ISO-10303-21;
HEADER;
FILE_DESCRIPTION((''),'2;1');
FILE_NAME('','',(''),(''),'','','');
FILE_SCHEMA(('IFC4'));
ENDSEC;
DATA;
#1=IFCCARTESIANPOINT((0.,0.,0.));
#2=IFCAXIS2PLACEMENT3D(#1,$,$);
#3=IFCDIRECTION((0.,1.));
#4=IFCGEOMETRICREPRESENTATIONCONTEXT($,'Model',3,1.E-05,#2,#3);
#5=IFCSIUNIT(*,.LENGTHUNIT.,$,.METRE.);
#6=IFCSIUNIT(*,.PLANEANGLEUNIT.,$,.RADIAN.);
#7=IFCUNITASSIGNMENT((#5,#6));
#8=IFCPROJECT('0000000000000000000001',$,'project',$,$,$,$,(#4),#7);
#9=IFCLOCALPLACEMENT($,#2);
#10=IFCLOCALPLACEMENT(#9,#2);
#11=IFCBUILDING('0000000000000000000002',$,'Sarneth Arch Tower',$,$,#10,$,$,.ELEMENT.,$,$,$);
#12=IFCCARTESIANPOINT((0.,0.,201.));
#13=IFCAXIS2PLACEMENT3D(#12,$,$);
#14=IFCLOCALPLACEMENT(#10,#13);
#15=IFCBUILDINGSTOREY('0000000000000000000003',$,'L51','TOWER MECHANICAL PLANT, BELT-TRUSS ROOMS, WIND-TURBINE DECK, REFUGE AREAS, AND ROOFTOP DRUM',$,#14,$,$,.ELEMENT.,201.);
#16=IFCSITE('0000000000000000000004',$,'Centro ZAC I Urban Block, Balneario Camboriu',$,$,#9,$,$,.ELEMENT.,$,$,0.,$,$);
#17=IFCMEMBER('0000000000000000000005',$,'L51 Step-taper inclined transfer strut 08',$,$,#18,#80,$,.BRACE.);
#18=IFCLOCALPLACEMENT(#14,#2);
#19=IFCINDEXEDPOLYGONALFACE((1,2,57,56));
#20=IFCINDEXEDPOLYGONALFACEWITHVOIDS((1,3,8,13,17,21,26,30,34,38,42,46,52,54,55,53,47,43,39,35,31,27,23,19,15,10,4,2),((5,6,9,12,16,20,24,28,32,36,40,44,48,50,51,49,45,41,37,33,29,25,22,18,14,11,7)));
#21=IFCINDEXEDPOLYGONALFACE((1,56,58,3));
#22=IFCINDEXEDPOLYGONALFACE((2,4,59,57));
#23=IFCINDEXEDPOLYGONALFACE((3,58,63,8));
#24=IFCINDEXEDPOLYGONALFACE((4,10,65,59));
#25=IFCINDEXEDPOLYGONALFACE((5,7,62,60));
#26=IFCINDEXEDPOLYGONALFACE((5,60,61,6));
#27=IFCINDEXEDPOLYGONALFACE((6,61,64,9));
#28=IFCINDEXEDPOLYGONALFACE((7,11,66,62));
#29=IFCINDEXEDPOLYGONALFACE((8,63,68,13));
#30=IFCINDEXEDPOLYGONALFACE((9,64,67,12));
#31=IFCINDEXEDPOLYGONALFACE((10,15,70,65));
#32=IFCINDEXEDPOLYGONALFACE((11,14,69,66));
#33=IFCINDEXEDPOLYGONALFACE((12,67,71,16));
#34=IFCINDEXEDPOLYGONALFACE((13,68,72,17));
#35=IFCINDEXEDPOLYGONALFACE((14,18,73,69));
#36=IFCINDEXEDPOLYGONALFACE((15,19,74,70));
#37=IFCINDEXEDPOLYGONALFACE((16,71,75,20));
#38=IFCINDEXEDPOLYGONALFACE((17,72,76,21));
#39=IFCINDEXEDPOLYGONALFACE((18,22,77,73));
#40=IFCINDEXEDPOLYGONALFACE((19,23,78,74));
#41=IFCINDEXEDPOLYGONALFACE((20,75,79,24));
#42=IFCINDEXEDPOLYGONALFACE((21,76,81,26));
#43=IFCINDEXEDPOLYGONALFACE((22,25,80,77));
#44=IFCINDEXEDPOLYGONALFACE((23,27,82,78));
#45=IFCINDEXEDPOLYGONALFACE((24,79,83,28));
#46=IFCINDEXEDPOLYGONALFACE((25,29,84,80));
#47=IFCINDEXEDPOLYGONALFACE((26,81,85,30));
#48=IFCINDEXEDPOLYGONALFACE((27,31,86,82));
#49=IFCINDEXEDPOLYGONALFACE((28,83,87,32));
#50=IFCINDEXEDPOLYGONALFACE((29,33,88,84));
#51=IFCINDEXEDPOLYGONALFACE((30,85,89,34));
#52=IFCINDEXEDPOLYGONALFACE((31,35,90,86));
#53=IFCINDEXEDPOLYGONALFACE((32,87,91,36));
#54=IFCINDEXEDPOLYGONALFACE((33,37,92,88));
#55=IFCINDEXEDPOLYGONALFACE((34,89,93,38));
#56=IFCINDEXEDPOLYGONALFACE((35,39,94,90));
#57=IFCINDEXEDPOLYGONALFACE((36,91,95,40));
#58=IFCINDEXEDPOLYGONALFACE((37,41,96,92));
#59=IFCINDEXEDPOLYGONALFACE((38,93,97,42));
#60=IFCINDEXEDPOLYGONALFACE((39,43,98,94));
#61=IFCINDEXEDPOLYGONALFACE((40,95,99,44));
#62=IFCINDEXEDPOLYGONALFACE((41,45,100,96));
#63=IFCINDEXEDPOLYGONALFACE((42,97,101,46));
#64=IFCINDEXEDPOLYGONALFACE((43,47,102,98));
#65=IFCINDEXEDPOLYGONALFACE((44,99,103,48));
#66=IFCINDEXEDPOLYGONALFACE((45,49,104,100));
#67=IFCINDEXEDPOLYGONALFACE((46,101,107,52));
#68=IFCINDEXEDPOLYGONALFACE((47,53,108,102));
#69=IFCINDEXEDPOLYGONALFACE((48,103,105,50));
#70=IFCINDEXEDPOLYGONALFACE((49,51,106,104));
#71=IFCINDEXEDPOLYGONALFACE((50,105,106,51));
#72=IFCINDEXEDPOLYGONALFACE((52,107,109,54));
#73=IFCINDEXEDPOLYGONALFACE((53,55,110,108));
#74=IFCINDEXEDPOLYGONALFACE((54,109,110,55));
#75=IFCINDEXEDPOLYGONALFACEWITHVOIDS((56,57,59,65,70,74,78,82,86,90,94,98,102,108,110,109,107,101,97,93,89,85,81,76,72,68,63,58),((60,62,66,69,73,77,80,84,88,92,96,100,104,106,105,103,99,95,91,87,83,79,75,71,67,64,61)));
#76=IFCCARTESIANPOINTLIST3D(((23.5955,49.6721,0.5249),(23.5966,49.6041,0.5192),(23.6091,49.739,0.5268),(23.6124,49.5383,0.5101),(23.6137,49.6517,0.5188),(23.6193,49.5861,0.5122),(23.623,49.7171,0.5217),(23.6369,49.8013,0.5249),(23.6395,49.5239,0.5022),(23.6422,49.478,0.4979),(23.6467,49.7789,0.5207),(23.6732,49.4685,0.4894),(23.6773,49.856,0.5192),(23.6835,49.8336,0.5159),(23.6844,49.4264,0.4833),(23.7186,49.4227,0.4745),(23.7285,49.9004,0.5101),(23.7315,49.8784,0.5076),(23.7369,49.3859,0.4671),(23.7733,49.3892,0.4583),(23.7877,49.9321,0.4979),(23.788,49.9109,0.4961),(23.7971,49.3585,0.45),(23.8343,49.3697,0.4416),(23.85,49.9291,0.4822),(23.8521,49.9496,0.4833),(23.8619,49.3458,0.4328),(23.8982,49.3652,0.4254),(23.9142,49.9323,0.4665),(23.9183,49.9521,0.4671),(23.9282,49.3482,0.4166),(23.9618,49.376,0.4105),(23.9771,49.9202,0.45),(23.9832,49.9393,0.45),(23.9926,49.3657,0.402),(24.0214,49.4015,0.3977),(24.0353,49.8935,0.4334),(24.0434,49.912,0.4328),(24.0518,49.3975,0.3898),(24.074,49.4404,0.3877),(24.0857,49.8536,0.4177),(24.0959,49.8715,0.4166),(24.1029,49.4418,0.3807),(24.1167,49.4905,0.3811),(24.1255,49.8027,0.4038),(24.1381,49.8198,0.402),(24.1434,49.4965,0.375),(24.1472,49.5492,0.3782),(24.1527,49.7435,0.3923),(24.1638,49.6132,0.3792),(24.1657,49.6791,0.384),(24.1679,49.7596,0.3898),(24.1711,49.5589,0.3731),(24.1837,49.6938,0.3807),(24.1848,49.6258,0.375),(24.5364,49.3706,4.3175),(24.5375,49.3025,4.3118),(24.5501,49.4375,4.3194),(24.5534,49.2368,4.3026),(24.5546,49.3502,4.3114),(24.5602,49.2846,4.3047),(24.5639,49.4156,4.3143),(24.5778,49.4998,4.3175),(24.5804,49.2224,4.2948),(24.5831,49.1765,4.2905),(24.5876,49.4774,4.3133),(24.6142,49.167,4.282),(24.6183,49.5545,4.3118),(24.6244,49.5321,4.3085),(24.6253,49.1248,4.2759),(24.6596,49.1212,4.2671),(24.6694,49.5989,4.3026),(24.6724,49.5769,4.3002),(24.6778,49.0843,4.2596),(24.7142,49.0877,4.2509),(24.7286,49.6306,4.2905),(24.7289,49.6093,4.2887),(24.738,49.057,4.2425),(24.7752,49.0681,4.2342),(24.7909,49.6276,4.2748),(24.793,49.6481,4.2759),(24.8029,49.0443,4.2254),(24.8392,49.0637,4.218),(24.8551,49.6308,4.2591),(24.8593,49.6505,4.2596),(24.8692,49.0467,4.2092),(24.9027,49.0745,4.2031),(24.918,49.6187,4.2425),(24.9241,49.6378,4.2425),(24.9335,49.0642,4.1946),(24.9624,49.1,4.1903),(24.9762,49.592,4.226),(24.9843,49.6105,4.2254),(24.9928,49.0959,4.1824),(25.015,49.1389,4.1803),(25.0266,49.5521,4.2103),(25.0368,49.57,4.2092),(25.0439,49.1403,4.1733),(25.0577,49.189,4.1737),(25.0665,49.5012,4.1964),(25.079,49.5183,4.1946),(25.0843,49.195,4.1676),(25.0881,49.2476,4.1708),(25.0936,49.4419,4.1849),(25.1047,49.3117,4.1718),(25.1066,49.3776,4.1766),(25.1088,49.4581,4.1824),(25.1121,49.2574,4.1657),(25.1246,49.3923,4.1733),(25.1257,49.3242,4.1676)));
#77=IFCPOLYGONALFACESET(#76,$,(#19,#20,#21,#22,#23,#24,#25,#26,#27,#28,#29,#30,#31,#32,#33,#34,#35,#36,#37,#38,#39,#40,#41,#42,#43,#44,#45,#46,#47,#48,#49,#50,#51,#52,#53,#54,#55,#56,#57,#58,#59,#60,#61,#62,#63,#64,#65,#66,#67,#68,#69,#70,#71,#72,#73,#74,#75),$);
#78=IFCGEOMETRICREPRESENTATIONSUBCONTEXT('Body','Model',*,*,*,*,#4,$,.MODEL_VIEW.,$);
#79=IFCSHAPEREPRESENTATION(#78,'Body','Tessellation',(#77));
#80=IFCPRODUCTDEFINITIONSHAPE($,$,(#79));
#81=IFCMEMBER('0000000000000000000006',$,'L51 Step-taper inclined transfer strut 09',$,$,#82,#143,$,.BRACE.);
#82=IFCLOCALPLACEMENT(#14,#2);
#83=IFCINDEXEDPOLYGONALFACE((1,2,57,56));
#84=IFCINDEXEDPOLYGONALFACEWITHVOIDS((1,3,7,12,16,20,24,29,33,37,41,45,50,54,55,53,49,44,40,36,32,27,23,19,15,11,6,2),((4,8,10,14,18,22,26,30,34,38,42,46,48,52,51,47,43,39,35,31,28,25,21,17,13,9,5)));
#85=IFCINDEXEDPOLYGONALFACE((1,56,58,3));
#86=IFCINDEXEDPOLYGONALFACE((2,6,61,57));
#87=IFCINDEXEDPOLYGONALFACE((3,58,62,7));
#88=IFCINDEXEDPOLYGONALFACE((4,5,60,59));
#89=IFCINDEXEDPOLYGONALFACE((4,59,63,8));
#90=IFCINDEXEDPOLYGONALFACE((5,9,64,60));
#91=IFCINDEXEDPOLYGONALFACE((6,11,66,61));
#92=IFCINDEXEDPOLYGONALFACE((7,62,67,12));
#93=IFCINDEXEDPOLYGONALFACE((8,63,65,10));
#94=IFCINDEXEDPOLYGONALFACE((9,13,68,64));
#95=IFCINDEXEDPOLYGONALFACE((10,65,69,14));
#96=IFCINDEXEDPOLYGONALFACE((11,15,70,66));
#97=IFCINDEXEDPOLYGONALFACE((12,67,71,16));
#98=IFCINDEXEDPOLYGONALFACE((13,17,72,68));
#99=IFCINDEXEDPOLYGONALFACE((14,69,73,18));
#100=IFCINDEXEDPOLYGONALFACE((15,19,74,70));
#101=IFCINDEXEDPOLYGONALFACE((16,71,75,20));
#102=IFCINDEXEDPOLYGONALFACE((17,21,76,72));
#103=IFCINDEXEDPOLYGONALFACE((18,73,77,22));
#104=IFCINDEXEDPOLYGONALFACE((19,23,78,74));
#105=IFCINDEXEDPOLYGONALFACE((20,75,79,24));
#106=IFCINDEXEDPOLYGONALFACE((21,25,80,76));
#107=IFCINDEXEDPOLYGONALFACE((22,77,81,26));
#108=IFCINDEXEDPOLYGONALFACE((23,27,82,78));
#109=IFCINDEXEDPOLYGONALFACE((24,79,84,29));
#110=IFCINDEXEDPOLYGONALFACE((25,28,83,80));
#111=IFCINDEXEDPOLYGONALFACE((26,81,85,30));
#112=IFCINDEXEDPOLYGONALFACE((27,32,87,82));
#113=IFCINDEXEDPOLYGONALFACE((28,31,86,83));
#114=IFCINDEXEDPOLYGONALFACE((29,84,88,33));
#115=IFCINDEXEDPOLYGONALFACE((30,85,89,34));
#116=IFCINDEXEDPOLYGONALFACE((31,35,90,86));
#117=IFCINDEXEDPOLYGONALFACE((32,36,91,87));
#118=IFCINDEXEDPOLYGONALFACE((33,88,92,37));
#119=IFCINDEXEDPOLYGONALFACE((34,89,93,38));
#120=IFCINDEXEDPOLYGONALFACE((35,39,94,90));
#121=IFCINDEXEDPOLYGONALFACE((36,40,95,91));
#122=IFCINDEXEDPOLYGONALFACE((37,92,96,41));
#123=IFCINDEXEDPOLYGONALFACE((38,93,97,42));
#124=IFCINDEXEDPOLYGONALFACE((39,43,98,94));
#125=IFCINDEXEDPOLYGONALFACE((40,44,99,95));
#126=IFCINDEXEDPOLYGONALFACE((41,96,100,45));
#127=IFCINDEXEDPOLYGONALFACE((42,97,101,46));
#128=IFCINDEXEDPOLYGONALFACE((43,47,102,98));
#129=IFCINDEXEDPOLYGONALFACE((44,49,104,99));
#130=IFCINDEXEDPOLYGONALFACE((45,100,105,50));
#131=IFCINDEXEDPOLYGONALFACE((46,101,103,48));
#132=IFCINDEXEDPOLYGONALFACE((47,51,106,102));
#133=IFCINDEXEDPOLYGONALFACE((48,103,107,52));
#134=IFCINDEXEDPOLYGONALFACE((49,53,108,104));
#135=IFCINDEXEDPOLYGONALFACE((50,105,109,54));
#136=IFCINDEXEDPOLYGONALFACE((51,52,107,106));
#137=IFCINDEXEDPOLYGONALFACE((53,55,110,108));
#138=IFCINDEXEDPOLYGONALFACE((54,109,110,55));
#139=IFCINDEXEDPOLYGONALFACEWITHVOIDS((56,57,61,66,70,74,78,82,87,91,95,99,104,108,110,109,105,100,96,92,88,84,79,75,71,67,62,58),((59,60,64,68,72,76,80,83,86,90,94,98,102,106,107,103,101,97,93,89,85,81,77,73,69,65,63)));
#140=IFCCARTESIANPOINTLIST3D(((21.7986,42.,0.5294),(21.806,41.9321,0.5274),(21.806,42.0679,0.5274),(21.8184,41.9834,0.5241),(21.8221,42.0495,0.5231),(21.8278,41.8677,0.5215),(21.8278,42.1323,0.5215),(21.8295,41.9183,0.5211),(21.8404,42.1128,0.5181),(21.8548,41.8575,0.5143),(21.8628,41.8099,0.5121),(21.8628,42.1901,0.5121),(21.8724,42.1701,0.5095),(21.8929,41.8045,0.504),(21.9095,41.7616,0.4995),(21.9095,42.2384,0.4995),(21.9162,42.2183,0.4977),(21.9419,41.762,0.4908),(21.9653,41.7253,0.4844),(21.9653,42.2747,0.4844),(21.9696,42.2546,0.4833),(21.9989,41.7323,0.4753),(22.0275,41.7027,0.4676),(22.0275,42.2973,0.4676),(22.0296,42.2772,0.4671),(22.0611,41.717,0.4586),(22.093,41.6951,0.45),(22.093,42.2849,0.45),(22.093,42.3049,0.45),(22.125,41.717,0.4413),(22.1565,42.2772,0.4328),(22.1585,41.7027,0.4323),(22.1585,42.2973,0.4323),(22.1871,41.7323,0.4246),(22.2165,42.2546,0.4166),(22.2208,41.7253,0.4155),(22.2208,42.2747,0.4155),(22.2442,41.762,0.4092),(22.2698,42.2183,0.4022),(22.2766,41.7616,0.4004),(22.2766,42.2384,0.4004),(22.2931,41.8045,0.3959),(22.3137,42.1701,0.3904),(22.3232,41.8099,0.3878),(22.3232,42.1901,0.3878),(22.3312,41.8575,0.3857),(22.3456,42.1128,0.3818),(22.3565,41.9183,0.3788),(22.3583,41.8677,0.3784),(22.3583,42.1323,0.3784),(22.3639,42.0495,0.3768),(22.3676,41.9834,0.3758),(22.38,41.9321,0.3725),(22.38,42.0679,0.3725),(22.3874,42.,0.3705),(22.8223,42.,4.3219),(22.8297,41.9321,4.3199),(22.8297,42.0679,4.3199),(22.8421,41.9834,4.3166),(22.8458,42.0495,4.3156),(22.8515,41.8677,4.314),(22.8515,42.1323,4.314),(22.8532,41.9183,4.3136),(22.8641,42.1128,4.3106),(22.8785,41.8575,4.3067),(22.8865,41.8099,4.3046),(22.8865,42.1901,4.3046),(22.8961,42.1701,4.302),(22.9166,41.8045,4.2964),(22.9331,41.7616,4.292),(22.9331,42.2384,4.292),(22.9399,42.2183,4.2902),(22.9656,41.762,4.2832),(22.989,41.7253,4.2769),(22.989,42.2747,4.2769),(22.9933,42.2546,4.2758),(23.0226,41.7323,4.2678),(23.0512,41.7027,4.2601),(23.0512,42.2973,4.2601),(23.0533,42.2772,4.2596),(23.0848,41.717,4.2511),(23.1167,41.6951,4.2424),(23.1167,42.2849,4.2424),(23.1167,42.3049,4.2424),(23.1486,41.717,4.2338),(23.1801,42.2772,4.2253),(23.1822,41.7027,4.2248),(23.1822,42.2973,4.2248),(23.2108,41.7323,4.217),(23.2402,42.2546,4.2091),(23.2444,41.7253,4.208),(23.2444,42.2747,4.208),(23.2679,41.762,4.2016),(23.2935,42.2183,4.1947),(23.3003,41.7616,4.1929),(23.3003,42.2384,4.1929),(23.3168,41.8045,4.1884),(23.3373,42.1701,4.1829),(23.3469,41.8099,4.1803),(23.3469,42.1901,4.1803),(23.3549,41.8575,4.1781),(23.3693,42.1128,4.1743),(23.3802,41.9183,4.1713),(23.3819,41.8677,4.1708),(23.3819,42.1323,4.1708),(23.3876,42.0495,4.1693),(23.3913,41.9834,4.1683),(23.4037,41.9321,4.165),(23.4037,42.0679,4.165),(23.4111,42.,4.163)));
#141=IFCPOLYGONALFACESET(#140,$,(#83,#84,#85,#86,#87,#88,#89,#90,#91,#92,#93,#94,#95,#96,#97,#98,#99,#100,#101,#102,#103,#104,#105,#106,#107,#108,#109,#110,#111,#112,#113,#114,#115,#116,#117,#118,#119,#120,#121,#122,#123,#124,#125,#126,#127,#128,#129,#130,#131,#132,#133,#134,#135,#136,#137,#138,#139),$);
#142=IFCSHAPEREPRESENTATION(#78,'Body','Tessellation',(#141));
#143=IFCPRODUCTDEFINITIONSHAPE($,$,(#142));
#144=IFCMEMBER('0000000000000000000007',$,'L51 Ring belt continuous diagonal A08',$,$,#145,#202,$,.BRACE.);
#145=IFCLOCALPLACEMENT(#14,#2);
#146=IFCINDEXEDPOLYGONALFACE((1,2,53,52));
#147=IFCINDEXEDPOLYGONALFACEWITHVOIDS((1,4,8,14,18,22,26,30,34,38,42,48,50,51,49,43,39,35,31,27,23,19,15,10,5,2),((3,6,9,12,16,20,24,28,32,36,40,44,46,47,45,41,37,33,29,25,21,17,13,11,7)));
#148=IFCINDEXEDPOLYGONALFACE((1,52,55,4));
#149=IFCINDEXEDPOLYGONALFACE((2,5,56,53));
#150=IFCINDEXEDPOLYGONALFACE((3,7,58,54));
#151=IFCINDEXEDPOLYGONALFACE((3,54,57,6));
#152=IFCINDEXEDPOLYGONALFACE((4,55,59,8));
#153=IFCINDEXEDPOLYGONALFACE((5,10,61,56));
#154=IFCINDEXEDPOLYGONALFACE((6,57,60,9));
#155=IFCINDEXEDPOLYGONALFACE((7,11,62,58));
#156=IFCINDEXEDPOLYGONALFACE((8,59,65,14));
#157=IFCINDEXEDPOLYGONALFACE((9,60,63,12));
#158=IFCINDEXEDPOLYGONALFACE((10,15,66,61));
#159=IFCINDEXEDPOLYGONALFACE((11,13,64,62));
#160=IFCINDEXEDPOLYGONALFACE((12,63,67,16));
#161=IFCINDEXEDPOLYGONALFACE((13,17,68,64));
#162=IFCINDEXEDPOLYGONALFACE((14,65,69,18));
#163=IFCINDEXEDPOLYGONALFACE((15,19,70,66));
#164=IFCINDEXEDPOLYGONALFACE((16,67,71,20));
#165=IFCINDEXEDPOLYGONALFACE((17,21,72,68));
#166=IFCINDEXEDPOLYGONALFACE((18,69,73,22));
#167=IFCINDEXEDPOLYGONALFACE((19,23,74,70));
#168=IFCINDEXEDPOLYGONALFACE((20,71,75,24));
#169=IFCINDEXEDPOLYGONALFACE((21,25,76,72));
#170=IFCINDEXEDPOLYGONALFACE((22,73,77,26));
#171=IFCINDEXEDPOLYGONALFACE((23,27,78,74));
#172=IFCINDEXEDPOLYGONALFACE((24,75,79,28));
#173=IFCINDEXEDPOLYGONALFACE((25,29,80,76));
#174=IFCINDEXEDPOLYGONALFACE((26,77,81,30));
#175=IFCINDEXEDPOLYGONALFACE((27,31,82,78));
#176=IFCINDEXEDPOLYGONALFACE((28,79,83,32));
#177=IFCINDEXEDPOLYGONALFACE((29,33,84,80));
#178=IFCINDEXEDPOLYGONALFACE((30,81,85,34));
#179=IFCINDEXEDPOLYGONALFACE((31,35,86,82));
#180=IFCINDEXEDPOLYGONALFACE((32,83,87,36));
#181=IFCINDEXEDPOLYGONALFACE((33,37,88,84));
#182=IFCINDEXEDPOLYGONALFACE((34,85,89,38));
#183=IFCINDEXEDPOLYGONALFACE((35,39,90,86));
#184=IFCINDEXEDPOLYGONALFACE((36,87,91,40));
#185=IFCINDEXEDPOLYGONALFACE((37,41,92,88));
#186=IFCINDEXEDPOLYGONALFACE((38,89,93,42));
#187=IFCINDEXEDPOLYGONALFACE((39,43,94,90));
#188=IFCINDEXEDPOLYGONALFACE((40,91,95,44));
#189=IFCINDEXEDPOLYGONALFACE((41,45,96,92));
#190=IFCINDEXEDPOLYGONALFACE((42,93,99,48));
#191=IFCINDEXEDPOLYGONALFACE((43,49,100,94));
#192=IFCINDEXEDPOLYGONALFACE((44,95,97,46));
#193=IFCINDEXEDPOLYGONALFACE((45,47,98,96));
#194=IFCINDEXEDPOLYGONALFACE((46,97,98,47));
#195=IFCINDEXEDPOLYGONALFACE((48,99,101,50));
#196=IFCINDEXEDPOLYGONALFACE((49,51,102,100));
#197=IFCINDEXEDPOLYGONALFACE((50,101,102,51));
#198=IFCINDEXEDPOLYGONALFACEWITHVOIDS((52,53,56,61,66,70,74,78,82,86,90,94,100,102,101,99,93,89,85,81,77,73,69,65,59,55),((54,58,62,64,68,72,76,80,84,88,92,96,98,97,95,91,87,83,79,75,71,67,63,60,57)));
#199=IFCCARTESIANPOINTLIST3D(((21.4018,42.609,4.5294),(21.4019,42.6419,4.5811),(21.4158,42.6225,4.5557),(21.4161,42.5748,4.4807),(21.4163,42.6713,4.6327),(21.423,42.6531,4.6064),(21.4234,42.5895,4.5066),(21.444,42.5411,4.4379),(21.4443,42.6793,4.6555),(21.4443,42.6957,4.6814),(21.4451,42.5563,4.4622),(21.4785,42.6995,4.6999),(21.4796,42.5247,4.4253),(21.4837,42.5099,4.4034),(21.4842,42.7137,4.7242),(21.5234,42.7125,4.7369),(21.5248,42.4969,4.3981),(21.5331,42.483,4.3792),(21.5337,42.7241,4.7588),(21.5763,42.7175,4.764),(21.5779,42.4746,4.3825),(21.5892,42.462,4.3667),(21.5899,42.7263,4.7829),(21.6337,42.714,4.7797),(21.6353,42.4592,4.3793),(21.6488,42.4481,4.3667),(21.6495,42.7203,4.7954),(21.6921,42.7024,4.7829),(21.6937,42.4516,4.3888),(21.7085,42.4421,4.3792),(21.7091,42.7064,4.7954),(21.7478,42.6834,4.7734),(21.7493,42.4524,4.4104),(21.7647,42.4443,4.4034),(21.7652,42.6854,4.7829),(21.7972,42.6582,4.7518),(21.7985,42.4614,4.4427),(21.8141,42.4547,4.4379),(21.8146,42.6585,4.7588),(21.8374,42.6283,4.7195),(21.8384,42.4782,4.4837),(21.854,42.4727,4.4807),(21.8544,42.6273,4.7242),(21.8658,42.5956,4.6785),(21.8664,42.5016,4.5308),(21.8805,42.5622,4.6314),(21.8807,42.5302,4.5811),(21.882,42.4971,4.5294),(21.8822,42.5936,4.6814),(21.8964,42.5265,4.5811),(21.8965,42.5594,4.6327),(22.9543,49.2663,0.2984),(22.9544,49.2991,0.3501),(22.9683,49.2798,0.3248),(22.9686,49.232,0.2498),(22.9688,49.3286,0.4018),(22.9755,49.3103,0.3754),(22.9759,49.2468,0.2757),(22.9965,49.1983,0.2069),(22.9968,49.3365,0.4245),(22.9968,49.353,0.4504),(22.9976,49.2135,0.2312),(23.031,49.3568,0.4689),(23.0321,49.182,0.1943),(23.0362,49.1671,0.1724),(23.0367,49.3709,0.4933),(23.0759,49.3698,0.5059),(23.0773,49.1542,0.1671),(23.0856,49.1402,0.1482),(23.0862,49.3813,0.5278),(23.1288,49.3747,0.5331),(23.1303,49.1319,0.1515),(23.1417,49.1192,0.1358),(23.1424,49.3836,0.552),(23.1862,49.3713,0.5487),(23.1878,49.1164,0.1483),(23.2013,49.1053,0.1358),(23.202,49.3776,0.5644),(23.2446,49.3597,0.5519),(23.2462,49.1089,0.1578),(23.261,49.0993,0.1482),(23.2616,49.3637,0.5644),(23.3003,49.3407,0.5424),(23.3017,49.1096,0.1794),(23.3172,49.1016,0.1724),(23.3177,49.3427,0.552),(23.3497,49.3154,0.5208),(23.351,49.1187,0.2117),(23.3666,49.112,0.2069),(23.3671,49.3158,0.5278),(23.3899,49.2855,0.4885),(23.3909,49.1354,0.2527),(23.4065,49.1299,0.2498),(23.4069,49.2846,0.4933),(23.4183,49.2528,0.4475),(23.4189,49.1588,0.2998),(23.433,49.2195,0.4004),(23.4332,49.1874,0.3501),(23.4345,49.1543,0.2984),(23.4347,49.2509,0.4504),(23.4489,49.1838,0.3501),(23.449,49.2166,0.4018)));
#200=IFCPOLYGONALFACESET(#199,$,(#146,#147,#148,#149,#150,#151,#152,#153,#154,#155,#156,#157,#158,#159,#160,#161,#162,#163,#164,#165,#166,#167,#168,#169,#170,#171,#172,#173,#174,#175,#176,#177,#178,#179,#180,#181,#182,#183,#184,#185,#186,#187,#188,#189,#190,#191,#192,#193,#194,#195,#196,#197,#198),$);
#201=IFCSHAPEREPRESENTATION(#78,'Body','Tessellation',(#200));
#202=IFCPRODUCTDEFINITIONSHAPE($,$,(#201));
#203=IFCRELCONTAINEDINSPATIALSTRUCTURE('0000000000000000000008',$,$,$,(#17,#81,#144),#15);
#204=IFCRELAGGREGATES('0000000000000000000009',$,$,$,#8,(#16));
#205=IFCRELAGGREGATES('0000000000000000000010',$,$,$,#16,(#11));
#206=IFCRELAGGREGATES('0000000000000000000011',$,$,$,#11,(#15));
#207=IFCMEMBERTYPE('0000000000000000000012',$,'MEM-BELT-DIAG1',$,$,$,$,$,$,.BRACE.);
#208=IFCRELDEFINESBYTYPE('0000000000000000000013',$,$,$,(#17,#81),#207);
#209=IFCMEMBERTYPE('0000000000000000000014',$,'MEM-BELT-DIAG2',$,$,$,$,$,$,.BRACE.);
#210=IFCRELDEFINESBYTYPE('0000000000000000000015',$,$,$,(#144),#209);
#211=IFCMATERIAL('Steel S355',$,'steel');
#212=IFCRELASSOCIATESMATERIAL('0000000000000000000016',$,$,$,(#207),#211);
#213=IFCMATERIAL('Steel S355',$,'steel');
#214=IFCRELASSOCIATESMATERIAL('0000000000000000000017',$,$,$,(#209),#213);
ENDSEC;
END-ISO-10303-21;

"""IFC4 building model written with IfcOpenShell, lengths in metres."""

from ifc_helpers import new_model, si_unit, direction, frame, origin, origin_2d, place, context, subcontext, project, spatial, hollow_circle, extrude, material, material_profile, profile_set, type_object, element, save


model = new_model("IFC4")

# Units and contexts
model_context = context("Model", 3, precision=1e-05, world=origin(), true_north=direction((0.0, 1.0)))
body_context = subcontext(model_context, "Body", "Model", "MODEL_VIEW")
ifc_project = project(units=[si_unit("LENGTHUNIT", "METRE"), si_unit("PLANEANGLEUNIT", "RADIAN")], contexts=[model_context])

# Site, building, storey
site_placement = place(None, origin())
site = spatial("IfcSite", under=ifc_project, at=site_placement, Name="Centro ZAC I Urban Block, Balneario Camboriu", CompositionType="ELEMENT", RefElevation=0.0)
building_placement = place(site_placement, origin())
building = spatial("IfcBuilding", under=site, at=building_placement, Name="Sarneth Arch Tower", CompositionType="ELEMENT")
storey_placement = place(building_placement, frame((0.0, 0.0, 201.0)))
storey = spatial("IfcBuildingStorey", under=building, at=storey_placement, Name="L51", Description="TOWER MECHANICAL PLANT, BELT-TRUSS ROOMS, WIND-TURBINE DECK, REFUGE AREAS, AND ROOFTOP DRUM", CompositionType="ELEMENT", Elevation=201.0)

# Members
ifc_material_1 = material(Name="Steel S355", Category="steel")
ifc_material_profile_1 = material_profile(ifc_material_1, hollow_circle(Radius=0.3049, WallThickness=0.02, at=origin_2d()), Name="CHS610x20")
ifc_profile_set_1 = profile_set([ifc_material_profile_1], Name="Steel S355")
member_type_1 = type_object("IfcMemberType", Name="MEM-BELT-DIAG1", PredefinedType="BRACE", material=ifc_profile_set_1)
member_1_placement = place(storey_placement, frame((23.8901, 49.6489, 0.45), z_axis=(0.240087, -0.076935, 0.967698), x_axis=(0.305161, 0.952301, 0.0)))
element("IfcMember", 1, at=member_1_placement, inside=storey, type_object=member_type_1, Name="L51 Step-taper inclined transfer strut 08", PredefinedType="BRACE", context=body_context, shape_type="SweptSolid", body=[
    extrude(hollow_circle(Radius=0.3049, WallThickness=0.02, at=origin_2d()), origin(), (0.0, 0.0, 1.0), 3.9192),
])
member_2_placement = place(storey_placement, frame((22.093, 42.0, 0.45), z_axis=(0.260597, 0.0, 0.965448), x_axis=(0.0, 1.0, 0.0)))
element("IfcMember", 2, at=member_2_placement, inside=storey, type_object=member_type_1, Name="L51 Step-taper inclined transfer strut 09", PredefinedType="BRACE", context=body_context, shape_type="SweptSolid", body=[
    extrude(hollow_circle(Radius=0.3049, WallThickness=0.02, at=origin_2d()), origin(), (0.0, 0.0, 1.0), 3.9282),
])
ifc_material_2 = material(Name="Steel S355", Category="steel")
ifc_material_profile_2 = material_profile(ifc_material_2, hollow_circle(Radius=0.2539, WallThickness=0.0161, at=origin_2d()), Name="CHS508x16")
ifc_profile_set_2 = profile_set([ifc_material_profile_2], Name="Steel S355")
member_type_2 = type_object("IfcMemberType", Name="MEM-BELT-DIAG2", PredefinedType="BRACE", material=ifc_profile_set_2)
member_3_placement = place(storey_placement, frame((23.2017, 49.2415, 0.3501), z_axis=(-0.193113, -0.828088, 0.526286), x_axis=(0.973869, -0.22711, 0.0)))
element("IfcMember", 3, at=member_3_placement, inside=storey, type_object=member_type_2, Name="L51 Ring belt continuous diagonal A08", PredefinedType="BRACE", context=body_context, shape_type="SweptSolid", body=[
    extrude(hollow_circle(Radius=0.2539, WallThickness=0.0161, at=origin_2d()), origin(), (0.0, 0.0, 1.0), 8.0393),
])

save(model, "model.ifc")
